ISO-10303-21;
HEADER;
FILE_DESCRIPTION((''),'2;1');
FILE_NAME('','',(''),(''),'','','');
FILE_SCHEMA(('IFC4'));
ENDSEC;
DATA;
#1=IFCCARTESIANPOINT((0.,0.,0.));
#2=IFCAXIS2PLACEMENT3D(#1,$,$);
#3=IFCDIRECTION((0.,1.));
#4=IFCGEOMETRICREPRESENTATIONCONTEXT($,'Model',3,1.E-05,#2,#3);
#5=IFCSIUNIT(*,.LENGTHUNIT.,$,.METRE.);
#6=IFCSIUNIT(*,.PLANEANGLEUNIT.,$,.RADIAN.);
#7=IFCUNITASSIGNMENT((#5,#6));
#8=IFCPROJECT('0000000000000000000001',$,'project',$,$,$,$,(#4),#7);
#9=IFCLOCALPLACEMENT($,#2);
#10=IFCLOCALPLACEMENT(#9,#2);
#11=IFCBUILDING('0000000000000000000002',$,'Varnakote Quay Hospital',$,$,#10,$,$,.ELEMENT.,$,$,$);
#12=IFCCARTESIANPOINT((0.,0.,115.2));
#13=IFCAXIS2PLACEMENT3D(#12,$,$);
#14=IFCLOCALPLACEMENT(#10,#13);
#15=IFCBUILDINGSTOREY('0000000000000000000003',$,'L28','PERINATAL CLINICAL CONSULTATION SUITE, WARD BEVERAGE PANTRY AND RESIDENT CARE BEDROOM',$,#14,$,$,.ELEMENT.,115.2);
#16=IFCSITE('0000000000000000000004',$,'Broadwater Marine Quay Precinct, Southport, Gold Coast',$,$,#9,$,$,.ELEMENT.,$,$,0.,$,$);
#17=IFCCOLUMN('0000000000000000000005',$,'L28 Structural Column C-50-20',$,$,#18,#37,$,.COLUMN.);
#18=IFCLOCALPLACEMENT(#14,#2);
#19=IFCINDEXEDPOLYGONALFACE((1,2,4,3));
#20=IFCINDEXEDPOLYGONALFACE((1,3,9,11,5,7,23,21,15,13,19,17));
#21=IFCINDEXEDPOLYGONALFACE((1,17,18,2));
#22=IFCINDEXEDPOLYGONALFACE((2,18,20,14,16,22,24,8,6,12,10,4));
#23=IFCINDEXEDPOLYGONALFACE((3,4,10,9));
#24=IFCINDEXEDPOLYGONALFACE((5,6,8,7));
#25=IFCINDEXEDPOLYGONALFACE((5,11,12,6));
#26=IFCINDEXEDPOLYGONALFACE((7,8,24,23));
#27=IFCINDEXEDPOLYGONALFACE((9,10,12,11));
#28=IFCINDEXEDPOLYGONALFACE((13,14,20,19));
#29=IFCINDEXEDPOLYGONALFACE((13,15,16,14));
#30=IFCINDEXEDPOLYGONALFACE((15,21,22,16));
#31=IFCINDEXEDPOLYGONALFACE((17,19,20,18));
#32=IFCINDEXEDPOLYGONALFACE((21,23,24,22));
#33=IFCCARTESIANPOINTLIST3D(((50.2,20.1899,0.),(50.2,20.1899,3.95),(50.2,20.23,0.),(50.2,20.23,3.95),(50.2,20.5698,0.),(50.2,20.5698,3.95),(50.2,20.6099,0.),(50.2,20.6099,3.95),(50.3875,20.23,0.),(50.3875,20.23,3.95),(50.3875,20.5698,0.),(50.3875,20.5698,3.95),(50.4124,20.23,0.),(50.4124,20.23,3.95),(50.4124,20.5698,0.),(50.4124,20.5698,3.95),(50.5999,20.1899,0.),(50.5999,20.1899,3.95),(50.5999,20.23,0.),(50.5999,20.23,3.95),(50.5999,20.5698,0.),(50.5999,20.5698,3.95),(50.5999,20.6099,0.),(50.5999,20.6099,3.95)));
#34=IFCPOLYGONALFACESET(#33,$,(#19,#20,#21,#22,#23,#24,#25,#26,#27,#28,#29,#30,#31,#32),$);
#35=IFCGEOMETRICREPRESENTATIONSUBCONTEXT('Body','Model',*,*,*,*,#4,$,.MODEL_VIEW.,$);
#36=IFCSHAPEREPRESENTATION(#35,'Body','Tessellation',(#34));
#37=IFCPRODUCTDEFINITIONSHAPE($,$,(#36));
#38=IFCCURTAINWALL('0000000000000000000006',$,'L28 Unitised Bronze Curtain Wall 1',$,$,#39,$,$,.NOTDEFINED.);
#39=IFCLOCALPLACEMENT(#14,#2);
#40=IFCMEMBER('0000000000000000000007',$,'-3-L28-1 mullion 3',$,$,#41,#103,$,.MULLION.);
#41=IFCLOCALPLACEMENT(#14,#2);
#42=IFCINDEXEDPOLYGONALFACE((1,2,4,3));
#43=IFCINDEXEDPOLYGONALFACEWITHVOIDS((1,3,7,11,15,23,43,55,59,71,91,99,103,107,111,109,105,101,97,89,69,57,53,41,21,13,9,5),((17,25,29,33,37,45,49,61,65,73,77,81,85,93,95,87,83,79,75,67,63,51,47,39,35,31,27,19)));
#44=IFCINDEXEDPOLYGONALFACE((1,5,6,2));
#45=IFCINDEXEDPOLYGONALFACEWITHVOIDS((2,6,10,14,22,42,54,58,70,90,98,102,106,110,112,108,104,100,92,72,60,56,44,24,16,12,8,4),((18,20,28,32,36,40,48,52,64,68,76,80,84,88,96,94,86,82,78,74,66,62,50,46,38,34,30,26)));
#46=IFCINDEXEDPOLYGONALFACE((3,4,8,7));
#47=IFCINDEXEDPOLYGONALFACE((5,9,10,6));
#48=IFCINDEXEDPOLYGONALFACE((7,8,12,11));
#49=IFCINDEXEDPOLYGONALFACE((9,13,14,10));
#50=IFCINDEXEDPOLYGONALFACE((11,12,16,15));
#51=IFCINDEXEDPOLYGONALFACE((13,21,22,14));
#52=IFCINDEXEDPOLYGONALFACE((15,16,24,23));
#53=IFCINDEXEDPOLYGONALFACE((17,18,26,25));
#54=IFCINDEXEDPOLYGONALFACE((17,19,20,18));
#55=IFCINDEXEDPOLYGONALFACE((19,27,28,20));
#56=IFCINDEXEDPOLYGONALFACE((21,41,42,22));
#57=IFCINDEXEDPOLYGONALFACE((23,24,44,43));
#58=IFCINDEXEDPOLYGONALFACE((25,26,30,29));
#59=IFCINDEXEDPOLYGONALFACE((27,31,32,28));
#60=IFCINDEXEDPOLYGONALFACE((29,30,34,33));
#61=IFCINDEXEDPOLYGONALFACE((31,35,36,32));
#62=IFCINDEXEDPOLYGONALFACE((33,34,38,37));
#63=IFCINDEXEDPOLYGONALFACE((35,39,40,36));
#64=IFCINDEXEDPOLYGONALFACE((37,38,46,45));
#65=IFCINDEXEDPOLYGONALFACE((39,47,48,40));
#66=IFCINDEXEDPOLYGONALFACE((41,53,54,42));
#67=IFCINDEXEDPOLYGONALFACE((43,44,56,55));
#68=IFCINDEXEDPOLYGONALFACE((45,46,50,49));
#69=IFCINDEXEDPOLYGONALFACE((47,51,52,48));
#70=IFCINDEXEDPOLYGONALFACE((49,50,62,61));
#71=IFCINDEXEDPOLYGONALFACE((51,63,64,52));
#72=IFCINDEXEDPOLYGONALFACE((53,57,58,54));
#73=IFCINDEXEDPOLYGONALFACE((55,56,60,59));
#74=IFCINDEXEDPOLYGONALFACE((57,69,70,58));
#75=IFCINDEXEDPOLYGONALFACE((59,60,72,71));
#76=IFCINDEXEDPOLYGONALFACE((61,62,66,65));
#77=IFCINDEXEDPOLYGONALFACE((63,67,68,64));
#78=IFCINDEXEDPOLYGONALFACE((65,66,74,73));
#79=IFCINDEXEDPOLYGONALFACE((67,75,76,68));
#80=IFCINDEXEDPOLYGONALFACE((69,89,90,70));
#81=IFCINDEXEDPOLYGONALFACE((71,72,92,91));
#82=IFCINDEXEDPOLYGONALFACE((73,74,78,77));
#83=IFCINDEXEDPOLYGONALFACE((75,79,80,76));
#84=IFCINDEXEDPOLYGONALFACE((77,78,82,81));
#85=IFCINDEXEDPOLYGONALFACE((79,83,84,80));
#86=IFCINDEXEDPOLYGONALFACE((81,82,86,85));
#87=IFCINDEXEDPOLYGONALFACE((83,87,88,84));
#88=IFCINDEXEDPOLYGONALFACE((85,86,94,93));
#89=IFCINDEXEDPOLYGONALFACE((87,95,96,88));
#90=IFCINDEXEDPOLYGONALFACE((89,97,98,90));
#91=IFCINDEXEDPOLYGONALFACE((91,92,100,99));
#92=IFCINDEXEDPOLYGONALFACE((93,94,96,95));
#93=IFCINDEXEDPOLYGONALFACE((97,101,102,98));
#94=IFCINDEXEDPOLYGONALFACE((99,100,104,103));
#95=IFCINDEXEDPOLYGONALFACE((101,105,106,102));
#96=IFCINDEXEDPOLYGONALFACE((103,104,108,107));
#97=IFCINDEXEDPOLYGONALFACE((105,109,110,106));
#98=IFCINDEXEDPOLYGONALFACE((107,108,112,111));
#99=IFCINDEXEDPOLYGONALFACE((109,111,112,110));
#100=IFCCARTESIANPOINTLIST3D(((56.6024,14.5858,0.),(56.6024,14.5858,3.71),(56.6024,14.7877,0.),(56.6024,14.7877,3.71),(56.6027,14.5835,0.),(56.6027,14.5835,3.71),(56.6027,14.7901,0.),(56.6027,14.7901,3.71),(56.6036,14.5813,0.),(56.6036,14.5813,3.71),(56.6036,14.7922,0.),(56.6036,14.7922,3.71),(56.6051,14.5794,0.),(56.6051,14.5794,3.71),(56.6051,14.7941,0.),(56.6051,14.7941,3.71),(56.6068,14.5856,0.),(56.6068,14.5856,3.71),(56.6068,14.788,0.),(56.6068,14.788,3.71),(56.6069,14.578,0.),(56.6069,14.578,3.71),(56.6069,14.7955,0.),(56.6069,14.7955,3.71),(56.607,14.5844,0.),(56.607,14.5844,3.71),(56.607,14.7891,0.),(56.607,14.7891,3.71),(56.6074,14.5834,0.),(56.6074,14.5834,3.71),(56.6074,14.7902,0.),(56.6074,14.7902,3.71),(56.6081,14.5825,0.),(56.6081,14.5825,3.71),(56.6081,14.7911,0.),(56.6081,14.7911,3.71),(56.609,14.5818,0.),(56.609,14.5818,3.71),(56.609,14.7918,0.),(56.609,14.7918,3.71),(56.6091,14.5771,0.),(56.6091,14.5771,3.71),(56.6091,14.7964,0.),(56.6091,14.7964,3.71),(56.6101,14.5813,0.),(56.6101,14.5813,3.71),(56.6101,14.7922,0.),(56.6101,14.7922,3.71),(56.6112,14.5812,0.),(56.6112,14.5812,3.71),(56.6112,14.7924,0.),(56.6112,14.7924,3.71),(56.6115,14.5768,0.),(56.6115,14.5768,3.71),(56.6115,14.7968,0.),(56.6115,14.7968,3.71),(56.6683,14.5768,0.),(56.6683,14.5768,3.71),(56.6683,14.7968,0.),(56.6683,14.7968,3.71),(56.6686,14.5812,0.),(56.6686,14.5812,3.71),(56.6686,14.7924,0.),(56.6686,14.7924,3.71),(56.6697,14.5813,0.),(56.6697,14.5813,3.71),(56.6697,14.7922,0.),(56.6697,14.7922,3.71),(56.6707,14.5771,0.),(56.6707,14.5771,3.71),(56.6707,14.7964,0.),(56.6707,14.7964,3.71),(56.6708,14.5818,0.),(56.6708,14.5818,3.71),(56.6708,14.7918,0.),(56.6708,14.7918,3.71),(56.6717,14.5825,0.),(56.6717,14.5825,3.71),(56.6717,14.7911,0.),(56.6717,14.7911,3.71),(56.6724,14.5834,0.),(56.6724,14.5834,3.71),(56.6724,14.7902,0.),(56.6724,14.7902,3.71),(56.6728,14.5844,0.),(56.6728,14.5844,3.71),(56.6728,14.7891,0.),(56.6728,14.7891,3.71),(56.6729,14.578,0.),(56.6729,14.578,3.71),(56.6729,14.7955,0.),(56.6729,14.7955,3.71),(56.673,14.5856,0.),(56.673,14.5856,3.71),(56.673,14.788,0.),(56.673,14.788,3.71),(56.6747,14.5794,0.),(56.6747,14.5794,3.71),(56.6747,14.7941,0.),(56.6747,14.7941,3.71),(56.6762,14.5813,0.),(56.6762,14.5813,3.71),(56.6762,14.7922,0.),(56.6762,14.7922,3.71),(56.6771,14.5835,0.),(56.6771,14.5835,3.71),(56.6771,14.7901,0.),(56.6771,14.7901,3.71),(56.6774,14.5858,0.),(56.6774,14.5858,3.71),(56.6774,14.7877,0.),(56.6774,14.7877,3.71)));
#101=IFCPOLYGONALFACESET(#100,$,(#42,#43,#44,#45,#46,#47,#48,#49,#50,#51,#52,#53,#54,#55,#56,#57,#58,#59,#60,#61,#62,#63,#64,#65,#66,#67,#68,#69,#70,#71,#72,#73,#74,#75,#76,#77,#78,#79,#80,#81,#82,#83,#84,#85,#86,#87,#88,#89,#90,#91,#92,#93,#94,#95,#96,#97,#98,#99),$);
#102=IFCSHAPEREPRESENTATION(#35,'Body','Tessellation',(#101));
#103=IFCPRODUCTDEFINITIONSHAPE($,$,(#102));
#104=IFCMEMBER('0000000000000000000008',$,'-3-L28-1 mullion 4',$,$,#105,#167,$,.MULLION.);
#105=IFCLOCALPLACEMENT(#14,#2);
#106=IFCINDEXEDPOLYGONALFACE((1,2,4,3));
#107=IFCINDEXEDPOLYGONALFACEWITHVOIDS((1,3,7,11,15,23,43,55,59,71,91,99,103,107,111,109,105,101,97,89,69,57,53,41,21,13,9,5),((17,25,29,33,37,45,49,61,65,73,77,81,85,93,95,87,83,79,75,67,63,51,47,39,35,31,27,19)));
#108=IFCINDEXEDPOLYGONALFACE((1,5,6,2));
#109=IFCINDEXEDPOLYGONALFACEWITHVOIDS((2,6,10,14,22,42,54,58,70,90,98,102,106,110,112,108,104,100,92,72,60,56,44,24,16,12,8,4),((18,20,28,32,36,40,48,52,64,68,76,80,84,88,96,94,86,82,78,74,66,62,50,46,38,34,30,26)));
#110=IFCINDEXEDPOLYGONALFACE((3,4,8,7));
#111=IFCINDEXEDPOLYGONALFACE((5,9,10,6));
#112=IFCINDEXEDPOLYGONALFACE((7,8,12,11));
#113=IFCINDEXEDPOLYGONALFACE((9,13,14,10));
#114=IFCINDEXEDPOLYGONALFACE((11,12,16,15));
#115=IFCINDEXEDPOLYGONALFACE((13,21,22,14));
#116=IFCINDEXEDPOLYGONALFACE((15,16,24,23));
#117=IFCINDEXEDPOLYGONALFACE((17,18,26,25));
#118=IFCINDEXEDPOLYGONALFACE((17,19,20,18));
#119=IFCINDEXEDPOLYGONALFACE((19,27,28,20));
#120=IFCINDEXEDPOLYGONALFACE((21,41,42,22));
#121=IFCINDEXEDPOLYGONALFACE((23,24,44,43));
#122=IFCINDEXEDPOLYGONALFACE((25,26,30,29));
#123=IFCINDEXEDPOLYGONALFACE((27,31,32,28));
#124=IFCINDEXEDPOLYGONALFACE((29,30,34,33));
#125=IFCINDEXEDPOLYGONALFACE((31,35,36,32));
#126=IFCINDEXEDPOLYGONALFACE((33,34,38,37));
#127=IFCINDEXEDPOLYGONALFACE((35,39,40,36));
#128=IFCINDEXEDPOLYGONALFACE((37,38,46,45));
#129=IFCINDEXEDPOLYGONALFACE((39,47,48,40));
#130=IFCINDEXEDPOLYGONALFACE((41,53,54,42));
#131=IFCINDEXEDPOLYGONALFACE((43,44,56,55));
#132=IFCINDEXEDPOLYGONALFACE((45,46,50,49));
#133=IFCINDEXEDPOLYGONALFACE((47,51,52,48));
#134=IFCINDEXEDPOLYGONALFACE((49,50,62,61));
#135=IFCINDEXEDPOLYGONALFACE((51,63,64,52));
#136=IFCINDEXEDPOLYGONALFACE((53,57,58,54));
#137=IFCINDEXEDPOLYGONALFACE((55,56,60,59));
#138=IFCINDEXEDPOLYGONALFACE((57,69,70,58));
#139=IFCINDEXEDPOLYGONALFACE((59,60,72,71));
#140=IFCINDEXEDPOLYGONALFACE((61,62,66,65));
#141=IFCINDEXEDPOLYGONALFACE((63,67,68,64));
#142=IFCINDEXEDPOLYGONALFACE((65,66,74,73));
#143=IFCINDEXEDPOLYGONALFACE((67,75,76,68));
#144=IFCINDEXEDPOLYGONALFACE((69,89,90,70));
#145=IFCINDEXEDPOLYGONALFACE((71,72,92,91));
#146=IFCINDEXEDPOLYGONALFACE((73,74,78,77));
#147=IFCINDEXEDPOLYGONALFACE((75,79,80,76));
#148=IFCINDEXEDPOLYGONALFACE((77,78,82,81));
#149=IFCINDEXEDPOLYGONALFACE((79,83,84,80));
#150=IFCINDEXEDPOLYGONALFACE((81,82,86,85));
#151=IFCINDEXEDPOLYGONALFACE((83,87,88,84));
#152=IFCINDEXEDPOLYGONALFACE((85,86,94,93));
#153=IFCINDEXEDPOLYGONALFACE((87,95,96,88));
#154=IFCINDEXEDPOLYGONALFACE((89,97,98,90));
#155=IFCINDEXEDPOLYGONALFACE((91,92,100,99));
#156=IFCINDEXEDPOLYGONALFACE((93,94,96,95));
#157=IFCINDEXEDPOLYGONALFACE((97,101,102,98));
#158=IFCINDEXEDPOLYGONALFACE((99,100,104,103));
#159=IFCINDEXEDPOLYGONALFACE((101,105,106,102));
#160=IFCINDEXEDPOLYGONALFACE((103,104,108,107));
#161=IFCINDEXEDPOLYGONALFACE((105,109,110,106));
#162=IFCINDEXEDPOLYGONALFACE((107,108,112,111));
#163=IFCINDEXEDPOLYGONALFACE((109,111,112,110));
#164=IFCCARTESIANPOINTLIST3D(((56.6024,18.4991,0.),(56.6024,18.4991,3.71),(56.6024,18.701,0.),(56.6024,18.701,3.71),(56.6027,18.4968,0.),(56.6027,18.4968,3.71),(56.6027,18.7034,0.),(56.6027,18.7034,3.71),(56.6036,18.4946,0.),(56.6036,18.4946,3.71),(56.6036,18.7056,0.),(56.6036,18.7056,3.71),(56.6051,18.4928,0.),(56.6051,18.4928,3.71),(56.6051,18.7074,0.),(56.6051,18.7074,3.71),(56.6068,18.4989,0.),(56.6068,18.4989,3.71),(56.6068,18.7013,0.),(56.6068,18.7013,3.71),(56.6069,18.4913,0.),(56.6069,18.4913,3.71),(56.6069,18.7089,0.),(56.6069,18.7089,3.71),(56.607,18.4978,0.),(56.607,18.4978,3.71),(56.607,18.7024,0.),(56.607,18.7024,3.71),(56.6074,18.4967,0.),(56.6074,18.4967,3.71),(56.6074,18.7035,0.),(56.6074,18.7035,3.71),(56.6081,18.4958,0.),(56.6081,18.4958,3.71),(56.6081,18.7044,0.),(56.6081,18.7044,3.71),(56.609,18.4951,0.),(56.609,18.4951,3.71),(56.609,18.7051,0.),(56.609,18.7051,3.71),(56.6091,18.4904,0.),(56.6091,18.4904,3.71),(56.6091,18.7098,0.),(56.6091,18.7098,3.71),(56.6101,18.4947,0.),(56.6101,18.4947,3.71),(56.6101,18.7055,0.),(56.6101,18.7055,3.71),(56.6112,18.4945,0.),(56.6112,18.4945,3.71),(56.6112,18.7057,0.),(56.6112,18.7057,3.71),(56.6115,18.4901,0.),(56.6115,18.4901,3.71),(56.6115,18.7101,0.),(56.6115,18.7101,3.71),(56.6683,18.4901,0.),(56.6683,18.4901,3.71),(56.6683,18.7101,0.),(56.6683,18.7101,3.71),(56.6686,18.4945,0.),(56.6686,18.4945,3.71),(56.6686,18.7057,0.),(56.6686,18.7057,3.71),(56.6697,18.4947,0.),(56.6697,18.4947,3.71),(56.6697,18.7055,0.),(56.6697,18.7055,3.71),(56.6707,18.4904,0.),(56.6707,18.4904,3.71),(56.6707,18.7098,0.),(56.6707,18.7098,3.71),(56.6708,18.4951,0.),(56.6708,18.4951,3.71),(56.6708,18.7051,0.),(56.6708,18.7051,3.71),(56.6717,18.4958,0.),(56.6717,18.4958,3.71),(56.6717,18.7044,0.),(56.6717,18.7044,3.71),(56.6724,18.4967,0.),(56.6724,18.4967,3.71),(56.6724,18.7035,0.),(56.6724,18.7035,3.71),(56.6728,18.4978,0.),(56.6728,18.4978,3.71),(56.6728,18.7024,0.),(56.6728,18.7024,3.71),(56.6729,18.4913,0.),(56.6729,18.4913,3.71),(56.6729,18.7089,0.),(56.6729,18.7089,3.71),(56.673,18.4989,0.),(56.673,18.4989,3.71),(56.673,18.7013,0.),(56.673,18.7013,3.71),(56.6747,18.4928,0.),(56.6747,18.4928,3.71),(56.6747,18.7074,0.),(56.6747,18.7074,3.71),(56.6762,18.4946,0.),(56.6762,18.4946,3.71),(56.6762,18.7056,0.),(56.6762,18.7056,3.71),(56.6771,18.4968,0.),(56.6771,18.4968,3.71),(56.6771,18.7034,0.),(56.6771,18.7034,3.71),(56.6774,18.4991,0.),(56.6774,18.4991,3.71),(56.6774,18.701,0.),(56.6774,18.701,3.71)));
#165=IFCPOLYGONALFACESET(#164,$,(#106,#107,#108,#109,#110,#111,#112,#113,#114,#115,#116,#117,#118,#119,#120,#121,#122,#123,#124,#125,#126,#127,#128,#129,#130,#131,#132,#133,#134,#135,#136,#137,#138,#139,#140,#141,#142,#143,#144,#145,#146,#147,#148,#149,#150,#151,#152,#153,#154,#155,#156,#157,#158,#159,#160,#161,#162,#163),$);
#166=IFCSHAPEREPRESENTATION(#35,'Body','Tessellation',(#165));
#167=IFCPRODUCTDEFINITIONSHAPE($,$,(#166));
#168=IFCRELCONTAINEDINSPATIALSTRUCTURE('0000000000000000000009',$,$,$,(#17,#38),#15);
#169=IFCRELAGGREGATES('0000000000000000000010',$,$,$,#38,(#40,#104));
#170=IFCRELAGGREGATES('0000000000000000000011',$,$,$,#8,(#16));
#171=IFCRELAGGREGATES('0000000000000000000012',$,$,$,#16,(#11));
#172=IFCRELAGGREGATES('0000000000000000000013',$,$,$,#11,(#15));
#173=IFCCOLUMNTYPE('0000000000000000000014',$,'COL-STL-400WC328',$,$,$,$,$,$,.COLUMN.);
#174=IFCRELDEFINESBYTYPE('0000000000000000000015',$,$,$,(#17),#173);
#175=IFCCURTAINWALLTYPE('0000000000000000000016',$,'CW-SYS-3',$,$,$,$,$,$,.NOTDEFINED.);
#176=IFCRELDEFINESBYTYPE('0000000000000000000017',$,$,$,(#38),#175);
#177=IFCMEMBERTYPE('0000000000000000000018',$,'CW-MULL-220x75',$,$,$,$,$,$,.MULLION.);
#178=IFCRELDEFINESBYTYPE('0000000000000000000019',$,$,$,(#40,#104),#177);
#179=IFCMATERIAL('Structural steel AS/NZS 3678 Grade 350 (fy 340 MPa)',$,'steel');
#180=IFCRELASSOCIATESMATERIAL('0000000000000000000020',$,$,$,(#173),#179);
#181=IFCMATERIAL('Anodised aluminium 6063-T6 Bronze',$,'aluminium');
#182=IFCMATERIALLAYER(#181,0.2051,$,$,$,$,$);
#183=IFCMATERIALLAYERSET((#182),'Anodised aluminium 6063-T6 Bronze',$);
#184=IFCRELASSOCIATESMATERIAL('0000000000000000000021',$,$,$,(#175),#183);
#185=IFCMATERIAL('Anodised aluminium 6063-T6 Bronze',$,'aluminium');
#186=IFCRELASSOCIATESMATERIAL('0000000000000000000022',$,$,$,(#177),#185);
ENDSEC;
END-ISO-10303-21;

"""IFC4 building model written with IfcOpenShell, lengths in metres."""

from ifc_helpers import new_model, si_unit, direction, frame, origin, origin_2d, place, context, subcontext, project, spatial, hollow_rectangle, i_section, extrude, material, layer, layer_set, material_profile, profile_set, type_object, element, aggregate, save


model = new_model("IFC4")

# Units and contexts
model_context = context("Model", 3, precision=1e-05, world=origin(), true_north=direction((0.0, 1.0)))
body_context = subcontext(model_context, "Body", "Model", "MODEL_VIEW")
ifc_project = project(units=[si_unit("LENGTHUNIT", "METRE"), si_unit("PLANEANGLEUNIT", "RADIAN")], contexts=[model_context])

# Site, building, storey
site_placement = place(None, origin())
site = spatial("IfcSite", under=ifc_project, at=site_placement, Name="Broadwater Marine Quay Precinct, Southport, Gold Coast", CompositionType="ELEMENT", RefElevation=0.0)
building_placement = place(site_placement, origin())
building = spatial("IfcBuilding", under=site, at=building_placement, Name="Varnakote Quay Hospital", CompositionType="ELEMENT")
storey_placement = place(building_placement, frame((0.0, 0.0, 115.2)))
storey = spatial("IfcBuildingStorey", under=building, at=storey_placement, Name="L28", Description="PERINATAL CLINICAL CONSULTATION SUITE, WARD BEVERAGE PANTRY AND RESIDENT CARE BEDROOM", CompositionType="ELEMENT", Elevation=115.2)

# Column
ifc_material_1 = material(Name="Structural steel AS/NZS 3678 Grade 350 (fy 340 MPa)", Category="steel")
ifc_material_profile_1 = material_profile(ifc_material_1, i_section(OverallWidth=0.3999, OverallDepth=0.4199, WebThickness=0.0249, FlangeThickness=0.04, at=origin_2d()), Name="400WC328")
ifc_profile_set_1 = profile_set([ifc_material_profile_1], Name="Structural steel AS/NZS 3678 Grade 350 (fy 340 MPa)")
column_type = type_object("IfcColumnType", Name="COL-STL-400WC328", PredefinedType="COLUMN", material=ifc_profile_set_1)
column_placement = place(storey_placement, frame((50.3999, 20.3999, 0.0), z_axis=(0.0, 0.0, 1.0), x_axis=(1.0, 0.0, 0.0)))
element("IfcColumn", 1, at=column_placement, inside=storey, type_object=column_type, Name="L28 Structural Column C-50-20", PredefinedType="COLUMN", context=body_context, shape_type="SweptSolid", body=[
    extrude(i_section(OverallWidth=0.3999, OverallDepth=0.4199, WebThickness=0.0249, FlangeThickness=0.04, at=origin_2d()), origin(), (0.0, 0.0, 1.0), 3.95),
])

# Curtain wall, members
ifc_material_2 = material(Name="Anodised aluminium 6063-T6 Bronze", Category="aluminium")
ifc_layer_1 = layer(ifc_material_2, 0.2051)
ifc_layer_set_1 = layer_set([ifc_layer_1], Name="Anodised aluminium 6063-T6 Bronze")
curtain_wall_type = type_object("IfcCurtainWallType", Name="CW-SYS-3", PredefinedType="NOTDEFINED", material=ifc_layer_set_1)
curtain_wall_placement = place(storey_placement, origin())
curtain_wall = element("IfcCurtainWall", 2, at=curtain_wall_placement, inside=storey, type_object=curtain_wall_type, Name="L28 Unitised Bronze Curtain Wall 1", PredefinedType="NOTDEFINED")
ifc_material_3 = material(Name="Anodised aluminium 6063-T6 Bronze", Category="aluminium")
ifc_material_profile_2 = material_profile(ifc_material_3, hollow_rectangle(XDim=0.075, YDim=0.22, WallThickness=0.0044, InnerFilletRadius=0.0044, OuterFilletRadius=0.009, at=origin_2d()), Name="CW-MULL-220x75")
ifc_profile_set_2 = profile_set([ifc_material_profile_2], Name="Anodised aluminium 6063-T6 Bronze")
member_type_1 = type_object("IfcMemberType", Name="CW-MULL-220x75", PredefinedType="MULLION", material=ifc_profile_set_2)
member_1_placement = place(storey_placement, frame((56.6399, 14.6868, 0.0), z_axis=(0.0, 0.0, 1.0), x_axis=(-1.0, 0.0, 0.0)))
member_1 = element("IfcMember", 3, at=member_1_placement, type_object=member_type_1, Name="-3-L28-1 mullion 3", PredefinedType="MULLION", context=body_context, shape_type="SweptSolid", body=[
    extrude(hollow_rectangle(XDim=0.075, YDim=0.22, WallThickness=0.0044, InnerFilletRadius=0.0044, OuterFilletRadius=0.009, at=origin_2d()), origin(), (0.0, 0.0, 1.0), 3.71),
])
member_2_placement = place(storey_placement, frame((56.6399, 18.6001, 0.0), z_axis=(0.0, 0.0, 1.0), x_axis=(-1.0, 0.0, 0.0)))
member_2 = element("IfcMember", 4, at=member_2_placement, type_object=member_type_1, Name="-3-L28-1 mullion 4", PredefinedType="MULLION", context=body_context, shape_type="SweptSolid", body=[
    extrude(hollow_rectangle(XDim=0.075, YDim=0.22, WallThickness=0.0044, InnerFilletRadius=0.0044, OuterFilletRadius=0.009, at=origin_2d()), origin(), (0.0, 0.0, 1.0), 3.71),
])
aggregate(curtain_wall, [member_1, member_2])

save(model, "model.ifc")
